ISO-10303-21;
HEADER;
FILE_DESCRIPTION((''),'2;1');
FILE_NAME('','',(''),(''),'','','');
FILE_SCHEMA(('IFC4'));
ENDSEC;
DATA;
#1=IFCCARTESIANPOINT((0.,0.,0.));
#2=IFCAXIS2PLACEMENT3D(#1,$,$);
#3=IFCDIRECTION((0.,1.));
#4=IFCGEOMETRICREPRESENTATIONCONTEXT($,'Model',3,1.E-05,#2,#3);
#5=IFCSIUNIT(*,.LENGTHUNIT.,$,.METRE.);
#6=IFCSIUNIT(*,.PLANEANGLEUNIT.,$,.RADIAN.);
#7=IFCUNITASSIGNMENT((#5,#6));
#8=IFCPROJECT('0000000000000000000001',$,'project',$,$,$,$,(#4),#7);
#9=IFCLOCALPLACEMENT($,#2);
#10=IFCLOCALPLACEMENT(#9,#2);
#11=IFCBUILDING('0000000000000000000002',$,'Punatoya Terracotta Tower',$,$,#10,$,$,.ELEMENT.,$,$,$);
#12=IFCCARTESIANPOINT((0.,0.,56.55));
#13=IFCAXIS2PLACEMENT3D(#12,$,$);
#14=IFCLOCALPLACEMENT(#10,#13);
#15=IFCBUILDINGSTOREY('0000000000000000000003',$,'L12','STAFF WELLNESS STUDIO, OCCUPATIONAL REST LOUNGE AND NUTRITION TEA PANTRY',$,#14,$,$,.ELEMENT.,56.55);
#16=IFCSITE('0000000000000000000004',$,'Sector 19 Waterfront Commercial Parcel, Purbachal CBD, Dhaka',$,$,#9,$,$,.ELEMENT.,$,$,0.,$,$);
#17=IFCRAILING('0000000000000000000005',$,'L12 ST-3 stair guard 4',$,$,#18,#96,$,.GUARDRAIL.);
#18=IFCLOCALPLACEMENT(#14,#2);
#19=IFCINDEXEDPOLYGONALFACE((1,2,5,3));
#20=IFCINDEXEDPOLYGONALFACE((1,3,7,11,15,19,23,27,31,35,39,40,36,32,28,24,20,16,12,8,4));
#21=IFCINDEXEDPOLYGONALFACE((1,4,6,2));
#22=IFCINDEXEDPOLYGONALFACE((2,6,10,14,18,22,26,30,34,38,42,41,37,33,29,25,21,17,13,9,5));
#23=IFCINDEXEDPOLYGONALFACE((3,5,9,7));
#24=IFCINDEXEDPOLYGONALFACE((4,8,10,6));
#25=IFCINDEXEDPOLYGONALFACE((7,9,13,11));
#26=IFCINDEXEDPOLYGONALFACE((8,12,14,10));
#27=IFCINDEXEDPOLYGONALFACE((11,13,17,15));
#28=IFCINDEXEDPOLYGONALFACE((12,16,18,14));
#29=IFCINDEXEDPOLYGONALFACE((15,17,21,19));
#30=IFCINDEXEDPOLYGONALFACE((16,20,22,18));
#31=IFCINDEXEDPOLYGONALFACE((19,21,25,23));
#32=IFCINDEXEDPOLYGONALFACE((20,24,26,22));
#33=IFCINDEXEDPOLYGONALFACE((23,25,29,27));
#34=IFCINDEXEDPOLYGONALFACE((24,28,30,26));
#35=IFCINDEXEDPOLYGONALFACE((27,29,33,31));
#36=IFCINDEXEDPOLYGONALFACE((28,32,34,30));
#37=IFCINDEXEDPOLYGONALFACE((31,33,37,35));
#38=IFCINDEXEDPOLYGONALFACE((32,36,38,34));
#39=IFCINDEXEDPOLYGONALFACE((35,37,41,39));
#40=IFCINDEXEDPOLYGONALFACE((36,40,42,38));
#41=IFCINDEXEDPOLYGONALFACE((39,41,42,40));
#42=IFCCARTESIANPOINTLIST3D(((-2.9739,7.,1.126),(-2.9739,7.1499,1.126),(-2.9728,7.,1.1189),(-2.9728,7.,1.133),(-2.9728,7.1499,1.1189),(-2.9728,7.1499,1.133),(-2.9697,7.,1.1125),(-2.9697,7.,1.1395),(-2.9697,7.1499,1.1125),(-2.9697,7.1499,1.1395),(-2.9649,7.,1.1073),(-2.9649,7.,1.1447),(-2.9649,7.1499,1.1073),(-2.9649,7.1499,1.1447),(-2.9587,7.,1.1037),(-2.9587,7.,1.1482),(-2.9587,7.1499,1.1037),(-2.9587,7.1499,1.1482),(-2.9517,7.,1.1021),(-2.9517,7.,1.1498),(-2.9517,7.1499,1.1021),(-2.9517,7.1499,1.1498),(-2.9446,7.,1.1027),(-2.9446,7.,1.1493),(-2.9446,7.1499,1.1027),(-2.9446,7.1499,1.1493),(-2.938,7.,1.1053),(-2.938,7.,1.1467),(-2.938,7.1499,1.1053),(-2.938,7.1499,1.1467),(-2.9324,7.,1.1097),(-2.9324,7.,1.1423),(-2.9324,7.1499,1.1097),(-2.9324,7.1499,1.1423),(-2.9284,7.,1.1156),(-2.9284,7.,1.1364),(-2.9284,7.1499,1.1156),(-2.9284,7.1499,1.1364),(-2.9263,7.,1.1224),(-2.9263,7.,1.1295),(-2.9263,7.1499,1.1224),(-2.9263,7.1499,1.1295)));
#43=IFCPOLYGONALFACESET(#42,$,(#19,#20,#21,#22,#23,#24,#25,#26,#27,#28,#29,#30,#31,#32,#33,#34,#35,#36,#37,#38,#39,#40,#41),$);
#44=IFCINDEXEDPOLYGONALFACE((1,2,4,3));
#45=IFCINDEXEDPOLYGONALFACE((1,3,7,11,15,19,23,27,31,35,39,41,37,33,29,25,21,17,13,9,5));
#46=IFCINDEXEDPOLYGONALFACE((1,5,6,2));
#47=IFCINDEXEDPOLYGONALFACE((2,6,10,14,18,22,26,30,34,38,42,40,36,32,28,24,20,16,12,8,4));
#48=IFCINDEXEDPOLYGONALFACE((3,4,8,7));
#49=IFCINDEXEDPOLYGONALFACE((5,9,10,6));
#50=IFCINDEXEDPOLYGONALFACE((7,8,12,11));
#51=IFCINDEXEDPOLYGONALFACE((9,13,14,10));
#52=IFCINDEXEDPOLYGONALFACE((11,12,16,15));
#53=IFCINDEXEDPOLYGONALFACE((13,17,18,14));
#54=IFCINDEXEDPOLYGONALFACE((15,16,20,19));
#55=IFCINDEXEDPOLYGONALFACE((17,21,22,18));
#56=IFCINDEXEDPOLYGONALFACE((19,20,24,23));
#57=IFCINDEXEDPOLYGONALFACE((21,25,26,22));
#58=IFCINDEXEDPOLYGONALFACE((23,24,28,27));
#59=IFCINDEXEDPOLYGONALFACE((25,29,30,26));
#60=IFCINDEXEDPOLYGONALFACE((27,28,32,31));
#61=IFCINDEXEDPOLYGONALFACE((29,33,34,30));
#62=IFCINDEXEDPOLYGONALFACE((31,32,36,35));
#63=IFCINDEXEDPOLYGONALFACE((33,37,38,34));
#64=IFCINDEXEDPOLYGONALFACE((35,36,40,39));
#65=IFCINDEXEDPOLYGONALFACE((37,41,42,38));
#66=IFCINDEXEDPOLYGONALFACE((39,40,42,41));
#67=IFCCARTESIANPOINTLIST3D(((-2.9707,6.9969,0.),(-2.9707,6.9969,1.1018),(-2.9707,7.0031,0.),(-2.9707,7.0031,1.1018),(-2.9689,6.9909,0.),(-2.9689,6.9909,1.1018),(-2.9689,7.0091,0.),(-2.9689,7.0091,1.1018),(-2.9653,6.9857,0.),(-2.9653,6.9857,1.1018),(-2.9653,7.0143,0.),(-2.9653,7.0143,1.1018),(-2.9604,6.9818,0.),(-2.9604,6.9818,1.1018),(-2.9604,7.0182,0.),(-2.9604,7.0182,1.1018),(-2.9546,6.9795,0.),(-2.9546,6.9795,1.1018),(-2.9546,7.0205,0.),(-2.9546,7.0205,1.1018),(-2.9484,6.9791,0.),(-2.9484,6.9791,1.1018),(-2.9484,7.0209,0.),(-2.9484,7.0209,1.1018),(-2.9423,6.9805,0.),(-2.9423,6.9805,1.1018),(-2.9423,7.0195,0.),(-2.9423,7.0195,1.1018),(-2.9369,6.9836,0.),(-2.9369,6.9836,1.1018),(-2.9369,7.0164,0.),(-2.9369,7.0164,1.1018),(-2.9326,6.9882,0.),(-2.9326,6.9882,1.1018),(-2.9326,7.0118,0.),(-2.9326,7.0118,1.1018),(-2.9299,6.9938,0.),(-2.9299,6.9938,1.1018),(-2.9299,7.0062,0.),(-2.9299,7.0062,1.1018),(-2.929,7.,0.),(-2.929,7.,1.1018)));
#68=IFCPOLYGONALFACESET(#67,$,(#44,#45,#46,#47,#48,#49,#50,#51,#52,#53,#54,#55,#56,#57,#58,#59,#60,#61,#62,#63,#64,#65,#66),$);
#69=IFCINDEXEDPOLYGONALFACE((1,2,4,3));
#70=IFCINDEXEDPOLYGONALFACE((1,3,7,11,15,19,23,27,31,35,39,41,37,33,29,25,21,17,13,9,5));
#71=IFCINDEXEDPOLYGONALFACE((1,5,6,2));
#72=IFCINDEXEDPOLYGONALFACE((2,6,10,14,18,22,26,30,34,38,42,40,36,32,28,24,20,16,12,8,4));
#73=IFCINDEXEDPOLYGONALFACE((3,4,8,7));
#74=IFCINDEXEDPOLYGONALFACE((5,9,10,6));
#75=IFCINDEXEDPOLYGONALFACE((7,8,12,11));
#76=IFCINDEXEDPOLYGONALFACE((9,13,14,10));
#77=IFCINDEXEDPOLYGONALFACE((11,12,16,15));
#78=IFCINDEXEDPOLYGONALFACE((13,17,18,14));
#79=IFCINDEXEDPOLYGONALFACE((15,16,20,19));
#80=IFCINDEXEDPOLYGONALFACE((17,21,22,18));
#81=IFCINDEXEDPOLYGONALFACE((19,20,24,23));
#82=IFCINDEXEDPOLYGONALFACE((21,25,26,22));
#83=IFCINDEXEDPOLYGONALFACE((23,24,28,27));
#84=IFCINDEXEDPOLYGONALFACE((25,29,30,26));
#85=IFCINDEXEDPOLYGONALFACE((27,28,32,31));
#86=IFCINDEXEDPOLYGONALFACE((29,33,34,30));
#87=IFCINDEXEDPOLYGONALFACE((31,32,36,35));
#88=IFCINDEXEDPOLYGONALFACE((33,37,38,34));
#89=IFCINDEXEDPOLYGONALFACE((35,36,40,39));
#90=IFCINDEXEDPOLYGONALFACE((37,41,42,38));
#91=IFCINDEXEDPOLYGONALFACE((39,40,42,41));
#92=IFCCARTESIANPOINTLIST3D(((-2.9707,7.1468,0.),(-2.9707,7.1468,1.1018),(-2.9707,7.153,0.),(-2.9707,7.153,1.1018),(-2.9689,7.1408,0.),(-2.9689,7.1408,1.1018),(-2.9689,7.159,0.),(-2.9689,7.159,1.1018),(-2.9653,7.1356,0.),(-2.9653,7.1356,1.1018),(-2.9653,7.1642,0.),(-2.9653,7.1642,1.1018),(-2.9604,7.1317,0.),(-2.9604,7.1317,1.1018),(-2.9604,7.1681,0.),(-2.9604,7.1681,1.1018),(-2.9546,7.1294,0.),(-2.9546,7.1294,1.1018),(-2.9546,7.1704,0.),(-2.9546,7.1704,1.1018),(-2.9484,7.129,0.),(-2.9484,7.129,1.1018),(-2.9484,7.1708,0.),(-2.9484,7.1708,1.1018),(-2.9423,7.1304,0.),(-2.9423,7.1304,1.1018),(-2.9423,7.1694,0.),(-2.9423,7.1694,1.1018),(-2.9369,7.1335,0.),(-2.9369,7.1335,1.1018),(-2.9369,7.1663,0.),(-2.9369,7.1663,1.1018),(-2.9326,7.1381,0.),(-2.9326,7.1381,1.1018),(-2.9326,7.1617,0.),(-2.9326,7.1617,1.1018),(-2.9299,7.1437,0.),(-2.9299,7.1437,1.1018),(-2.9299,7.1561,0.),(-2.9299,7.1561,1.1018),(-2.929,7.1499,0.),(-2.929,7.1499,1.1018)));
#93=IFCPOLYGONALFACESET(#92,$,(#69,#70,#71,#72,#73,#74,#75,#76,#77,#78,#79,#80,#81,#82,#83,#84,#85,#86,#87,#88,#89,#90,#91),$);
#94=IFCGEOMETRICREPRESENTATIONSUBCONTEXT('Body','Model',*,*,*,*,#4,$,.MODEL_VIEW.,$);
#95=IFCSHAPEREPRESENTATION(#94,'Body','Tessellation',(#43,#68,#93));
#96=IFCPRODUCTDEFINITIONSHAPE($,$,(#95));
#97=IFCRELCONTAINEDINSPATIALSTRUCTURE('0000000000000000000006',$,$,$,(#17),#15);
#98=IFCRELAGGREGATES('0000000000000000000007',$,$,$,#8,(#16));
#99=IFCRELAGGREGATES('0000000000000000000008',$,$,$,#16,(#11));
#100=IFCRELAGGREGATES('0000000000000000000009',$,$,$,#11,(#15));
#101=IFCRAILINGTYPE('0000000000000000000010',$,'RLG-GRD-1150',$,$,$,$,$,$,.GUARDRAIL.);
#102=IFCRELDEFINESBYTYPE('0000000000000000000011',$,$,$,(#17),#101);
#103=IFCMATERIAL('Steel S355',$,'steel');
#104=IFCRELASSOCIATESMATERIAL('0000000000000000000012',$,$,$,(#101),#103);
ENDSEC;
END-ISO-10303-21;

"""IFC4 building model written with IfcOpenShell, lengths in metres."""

from ifc_helpers import new_model, si_unit, direction, frame, origin, origin_2d, place, context, subcontext, project, spatial, circle, extrude, material, type_object, element, save


model = new_model("IFC4")

# Units and contexts
model_context = context("Model", 3, precision=1e-05, world=origin(), true_north=direction((0.0, 1.0)))
body_context = subcontext(model_context, "Body", "Model", "MODEL_VIEW")
ifc_project = project(units=[si_unit("LENGTHUNIT", "METRE"), si_unit("PLANEANGLEUNIT", "RADIAN")], contexts=[model_context])

# Site, building, storey
site_placement = place(None, origin())
site = spatial("IfcSite", under=ifc_project, at=site_placement, Name="Sector 19 Waterfront Commercial Parcel, Purbachal CBD, Dhaka", CompositionType="ELEMENT", RefElevation=0.0)
building_placement = place(site_placement, origin())
building = spatial("IfcBuilding", under=site, at=building_placement, Name="Punatoya Terracotta Tower", CompositionType="ELEMENT")
storey_placement = place(building_placement, frame((0.0, 0.0, 56.55)))
storey = spatial("IfcBuildingStorey", under=building, at=storey_placement, Name="L12", Description="STAFF WELLNESS STUDIO, OCCUPATIONAL REST LOUNGE AND NUTRITION TEA PANTRY", CompositionType="ELEMENT", Elevation=56.55)

# Shared definitions
ifc_material_1 = material(Name="Steel S355", Category="steel")

# Railing
railing_type_1 = type_object("IfcRailingType", Name="RLG-GRD-1150", PredefinedType="GUARDRAIL", material=ifc_material_1)
railing_1_placement = place(storey_placement, frame((-2.95, 7.0, 0.0)))
element("IfcRailing", 1, at=railing_1_placement, inside=storey, type_object=railing_type_1, Name="L12 ST-3 stair guard 4", PredefinedType="GUARDRAIL", context=body_context, shape_type="SweptSolid", body=[
    extrude(circle(Radius=0.0239, at=origin_2d()), frame((0.0, 0.0, 1.126), z_axis=(0.0, 1.0, 0.0), x_axis=(-1.0, 0.0, 0.0)), (0.0, 0.0, 1.0), 0.1499),
    extrude(circle(Radius=0.021, at=origin_2d()), origin(), (0.0, 0.0, 1.0), 1.1018),
    extrude(circle(Radius=0.021, at=origin_2d()), frame((0.0, 0.1499, 0.0)), (0.0, 0.0, 1.0), 1.1018),
])

save(model, "model.ifc")
